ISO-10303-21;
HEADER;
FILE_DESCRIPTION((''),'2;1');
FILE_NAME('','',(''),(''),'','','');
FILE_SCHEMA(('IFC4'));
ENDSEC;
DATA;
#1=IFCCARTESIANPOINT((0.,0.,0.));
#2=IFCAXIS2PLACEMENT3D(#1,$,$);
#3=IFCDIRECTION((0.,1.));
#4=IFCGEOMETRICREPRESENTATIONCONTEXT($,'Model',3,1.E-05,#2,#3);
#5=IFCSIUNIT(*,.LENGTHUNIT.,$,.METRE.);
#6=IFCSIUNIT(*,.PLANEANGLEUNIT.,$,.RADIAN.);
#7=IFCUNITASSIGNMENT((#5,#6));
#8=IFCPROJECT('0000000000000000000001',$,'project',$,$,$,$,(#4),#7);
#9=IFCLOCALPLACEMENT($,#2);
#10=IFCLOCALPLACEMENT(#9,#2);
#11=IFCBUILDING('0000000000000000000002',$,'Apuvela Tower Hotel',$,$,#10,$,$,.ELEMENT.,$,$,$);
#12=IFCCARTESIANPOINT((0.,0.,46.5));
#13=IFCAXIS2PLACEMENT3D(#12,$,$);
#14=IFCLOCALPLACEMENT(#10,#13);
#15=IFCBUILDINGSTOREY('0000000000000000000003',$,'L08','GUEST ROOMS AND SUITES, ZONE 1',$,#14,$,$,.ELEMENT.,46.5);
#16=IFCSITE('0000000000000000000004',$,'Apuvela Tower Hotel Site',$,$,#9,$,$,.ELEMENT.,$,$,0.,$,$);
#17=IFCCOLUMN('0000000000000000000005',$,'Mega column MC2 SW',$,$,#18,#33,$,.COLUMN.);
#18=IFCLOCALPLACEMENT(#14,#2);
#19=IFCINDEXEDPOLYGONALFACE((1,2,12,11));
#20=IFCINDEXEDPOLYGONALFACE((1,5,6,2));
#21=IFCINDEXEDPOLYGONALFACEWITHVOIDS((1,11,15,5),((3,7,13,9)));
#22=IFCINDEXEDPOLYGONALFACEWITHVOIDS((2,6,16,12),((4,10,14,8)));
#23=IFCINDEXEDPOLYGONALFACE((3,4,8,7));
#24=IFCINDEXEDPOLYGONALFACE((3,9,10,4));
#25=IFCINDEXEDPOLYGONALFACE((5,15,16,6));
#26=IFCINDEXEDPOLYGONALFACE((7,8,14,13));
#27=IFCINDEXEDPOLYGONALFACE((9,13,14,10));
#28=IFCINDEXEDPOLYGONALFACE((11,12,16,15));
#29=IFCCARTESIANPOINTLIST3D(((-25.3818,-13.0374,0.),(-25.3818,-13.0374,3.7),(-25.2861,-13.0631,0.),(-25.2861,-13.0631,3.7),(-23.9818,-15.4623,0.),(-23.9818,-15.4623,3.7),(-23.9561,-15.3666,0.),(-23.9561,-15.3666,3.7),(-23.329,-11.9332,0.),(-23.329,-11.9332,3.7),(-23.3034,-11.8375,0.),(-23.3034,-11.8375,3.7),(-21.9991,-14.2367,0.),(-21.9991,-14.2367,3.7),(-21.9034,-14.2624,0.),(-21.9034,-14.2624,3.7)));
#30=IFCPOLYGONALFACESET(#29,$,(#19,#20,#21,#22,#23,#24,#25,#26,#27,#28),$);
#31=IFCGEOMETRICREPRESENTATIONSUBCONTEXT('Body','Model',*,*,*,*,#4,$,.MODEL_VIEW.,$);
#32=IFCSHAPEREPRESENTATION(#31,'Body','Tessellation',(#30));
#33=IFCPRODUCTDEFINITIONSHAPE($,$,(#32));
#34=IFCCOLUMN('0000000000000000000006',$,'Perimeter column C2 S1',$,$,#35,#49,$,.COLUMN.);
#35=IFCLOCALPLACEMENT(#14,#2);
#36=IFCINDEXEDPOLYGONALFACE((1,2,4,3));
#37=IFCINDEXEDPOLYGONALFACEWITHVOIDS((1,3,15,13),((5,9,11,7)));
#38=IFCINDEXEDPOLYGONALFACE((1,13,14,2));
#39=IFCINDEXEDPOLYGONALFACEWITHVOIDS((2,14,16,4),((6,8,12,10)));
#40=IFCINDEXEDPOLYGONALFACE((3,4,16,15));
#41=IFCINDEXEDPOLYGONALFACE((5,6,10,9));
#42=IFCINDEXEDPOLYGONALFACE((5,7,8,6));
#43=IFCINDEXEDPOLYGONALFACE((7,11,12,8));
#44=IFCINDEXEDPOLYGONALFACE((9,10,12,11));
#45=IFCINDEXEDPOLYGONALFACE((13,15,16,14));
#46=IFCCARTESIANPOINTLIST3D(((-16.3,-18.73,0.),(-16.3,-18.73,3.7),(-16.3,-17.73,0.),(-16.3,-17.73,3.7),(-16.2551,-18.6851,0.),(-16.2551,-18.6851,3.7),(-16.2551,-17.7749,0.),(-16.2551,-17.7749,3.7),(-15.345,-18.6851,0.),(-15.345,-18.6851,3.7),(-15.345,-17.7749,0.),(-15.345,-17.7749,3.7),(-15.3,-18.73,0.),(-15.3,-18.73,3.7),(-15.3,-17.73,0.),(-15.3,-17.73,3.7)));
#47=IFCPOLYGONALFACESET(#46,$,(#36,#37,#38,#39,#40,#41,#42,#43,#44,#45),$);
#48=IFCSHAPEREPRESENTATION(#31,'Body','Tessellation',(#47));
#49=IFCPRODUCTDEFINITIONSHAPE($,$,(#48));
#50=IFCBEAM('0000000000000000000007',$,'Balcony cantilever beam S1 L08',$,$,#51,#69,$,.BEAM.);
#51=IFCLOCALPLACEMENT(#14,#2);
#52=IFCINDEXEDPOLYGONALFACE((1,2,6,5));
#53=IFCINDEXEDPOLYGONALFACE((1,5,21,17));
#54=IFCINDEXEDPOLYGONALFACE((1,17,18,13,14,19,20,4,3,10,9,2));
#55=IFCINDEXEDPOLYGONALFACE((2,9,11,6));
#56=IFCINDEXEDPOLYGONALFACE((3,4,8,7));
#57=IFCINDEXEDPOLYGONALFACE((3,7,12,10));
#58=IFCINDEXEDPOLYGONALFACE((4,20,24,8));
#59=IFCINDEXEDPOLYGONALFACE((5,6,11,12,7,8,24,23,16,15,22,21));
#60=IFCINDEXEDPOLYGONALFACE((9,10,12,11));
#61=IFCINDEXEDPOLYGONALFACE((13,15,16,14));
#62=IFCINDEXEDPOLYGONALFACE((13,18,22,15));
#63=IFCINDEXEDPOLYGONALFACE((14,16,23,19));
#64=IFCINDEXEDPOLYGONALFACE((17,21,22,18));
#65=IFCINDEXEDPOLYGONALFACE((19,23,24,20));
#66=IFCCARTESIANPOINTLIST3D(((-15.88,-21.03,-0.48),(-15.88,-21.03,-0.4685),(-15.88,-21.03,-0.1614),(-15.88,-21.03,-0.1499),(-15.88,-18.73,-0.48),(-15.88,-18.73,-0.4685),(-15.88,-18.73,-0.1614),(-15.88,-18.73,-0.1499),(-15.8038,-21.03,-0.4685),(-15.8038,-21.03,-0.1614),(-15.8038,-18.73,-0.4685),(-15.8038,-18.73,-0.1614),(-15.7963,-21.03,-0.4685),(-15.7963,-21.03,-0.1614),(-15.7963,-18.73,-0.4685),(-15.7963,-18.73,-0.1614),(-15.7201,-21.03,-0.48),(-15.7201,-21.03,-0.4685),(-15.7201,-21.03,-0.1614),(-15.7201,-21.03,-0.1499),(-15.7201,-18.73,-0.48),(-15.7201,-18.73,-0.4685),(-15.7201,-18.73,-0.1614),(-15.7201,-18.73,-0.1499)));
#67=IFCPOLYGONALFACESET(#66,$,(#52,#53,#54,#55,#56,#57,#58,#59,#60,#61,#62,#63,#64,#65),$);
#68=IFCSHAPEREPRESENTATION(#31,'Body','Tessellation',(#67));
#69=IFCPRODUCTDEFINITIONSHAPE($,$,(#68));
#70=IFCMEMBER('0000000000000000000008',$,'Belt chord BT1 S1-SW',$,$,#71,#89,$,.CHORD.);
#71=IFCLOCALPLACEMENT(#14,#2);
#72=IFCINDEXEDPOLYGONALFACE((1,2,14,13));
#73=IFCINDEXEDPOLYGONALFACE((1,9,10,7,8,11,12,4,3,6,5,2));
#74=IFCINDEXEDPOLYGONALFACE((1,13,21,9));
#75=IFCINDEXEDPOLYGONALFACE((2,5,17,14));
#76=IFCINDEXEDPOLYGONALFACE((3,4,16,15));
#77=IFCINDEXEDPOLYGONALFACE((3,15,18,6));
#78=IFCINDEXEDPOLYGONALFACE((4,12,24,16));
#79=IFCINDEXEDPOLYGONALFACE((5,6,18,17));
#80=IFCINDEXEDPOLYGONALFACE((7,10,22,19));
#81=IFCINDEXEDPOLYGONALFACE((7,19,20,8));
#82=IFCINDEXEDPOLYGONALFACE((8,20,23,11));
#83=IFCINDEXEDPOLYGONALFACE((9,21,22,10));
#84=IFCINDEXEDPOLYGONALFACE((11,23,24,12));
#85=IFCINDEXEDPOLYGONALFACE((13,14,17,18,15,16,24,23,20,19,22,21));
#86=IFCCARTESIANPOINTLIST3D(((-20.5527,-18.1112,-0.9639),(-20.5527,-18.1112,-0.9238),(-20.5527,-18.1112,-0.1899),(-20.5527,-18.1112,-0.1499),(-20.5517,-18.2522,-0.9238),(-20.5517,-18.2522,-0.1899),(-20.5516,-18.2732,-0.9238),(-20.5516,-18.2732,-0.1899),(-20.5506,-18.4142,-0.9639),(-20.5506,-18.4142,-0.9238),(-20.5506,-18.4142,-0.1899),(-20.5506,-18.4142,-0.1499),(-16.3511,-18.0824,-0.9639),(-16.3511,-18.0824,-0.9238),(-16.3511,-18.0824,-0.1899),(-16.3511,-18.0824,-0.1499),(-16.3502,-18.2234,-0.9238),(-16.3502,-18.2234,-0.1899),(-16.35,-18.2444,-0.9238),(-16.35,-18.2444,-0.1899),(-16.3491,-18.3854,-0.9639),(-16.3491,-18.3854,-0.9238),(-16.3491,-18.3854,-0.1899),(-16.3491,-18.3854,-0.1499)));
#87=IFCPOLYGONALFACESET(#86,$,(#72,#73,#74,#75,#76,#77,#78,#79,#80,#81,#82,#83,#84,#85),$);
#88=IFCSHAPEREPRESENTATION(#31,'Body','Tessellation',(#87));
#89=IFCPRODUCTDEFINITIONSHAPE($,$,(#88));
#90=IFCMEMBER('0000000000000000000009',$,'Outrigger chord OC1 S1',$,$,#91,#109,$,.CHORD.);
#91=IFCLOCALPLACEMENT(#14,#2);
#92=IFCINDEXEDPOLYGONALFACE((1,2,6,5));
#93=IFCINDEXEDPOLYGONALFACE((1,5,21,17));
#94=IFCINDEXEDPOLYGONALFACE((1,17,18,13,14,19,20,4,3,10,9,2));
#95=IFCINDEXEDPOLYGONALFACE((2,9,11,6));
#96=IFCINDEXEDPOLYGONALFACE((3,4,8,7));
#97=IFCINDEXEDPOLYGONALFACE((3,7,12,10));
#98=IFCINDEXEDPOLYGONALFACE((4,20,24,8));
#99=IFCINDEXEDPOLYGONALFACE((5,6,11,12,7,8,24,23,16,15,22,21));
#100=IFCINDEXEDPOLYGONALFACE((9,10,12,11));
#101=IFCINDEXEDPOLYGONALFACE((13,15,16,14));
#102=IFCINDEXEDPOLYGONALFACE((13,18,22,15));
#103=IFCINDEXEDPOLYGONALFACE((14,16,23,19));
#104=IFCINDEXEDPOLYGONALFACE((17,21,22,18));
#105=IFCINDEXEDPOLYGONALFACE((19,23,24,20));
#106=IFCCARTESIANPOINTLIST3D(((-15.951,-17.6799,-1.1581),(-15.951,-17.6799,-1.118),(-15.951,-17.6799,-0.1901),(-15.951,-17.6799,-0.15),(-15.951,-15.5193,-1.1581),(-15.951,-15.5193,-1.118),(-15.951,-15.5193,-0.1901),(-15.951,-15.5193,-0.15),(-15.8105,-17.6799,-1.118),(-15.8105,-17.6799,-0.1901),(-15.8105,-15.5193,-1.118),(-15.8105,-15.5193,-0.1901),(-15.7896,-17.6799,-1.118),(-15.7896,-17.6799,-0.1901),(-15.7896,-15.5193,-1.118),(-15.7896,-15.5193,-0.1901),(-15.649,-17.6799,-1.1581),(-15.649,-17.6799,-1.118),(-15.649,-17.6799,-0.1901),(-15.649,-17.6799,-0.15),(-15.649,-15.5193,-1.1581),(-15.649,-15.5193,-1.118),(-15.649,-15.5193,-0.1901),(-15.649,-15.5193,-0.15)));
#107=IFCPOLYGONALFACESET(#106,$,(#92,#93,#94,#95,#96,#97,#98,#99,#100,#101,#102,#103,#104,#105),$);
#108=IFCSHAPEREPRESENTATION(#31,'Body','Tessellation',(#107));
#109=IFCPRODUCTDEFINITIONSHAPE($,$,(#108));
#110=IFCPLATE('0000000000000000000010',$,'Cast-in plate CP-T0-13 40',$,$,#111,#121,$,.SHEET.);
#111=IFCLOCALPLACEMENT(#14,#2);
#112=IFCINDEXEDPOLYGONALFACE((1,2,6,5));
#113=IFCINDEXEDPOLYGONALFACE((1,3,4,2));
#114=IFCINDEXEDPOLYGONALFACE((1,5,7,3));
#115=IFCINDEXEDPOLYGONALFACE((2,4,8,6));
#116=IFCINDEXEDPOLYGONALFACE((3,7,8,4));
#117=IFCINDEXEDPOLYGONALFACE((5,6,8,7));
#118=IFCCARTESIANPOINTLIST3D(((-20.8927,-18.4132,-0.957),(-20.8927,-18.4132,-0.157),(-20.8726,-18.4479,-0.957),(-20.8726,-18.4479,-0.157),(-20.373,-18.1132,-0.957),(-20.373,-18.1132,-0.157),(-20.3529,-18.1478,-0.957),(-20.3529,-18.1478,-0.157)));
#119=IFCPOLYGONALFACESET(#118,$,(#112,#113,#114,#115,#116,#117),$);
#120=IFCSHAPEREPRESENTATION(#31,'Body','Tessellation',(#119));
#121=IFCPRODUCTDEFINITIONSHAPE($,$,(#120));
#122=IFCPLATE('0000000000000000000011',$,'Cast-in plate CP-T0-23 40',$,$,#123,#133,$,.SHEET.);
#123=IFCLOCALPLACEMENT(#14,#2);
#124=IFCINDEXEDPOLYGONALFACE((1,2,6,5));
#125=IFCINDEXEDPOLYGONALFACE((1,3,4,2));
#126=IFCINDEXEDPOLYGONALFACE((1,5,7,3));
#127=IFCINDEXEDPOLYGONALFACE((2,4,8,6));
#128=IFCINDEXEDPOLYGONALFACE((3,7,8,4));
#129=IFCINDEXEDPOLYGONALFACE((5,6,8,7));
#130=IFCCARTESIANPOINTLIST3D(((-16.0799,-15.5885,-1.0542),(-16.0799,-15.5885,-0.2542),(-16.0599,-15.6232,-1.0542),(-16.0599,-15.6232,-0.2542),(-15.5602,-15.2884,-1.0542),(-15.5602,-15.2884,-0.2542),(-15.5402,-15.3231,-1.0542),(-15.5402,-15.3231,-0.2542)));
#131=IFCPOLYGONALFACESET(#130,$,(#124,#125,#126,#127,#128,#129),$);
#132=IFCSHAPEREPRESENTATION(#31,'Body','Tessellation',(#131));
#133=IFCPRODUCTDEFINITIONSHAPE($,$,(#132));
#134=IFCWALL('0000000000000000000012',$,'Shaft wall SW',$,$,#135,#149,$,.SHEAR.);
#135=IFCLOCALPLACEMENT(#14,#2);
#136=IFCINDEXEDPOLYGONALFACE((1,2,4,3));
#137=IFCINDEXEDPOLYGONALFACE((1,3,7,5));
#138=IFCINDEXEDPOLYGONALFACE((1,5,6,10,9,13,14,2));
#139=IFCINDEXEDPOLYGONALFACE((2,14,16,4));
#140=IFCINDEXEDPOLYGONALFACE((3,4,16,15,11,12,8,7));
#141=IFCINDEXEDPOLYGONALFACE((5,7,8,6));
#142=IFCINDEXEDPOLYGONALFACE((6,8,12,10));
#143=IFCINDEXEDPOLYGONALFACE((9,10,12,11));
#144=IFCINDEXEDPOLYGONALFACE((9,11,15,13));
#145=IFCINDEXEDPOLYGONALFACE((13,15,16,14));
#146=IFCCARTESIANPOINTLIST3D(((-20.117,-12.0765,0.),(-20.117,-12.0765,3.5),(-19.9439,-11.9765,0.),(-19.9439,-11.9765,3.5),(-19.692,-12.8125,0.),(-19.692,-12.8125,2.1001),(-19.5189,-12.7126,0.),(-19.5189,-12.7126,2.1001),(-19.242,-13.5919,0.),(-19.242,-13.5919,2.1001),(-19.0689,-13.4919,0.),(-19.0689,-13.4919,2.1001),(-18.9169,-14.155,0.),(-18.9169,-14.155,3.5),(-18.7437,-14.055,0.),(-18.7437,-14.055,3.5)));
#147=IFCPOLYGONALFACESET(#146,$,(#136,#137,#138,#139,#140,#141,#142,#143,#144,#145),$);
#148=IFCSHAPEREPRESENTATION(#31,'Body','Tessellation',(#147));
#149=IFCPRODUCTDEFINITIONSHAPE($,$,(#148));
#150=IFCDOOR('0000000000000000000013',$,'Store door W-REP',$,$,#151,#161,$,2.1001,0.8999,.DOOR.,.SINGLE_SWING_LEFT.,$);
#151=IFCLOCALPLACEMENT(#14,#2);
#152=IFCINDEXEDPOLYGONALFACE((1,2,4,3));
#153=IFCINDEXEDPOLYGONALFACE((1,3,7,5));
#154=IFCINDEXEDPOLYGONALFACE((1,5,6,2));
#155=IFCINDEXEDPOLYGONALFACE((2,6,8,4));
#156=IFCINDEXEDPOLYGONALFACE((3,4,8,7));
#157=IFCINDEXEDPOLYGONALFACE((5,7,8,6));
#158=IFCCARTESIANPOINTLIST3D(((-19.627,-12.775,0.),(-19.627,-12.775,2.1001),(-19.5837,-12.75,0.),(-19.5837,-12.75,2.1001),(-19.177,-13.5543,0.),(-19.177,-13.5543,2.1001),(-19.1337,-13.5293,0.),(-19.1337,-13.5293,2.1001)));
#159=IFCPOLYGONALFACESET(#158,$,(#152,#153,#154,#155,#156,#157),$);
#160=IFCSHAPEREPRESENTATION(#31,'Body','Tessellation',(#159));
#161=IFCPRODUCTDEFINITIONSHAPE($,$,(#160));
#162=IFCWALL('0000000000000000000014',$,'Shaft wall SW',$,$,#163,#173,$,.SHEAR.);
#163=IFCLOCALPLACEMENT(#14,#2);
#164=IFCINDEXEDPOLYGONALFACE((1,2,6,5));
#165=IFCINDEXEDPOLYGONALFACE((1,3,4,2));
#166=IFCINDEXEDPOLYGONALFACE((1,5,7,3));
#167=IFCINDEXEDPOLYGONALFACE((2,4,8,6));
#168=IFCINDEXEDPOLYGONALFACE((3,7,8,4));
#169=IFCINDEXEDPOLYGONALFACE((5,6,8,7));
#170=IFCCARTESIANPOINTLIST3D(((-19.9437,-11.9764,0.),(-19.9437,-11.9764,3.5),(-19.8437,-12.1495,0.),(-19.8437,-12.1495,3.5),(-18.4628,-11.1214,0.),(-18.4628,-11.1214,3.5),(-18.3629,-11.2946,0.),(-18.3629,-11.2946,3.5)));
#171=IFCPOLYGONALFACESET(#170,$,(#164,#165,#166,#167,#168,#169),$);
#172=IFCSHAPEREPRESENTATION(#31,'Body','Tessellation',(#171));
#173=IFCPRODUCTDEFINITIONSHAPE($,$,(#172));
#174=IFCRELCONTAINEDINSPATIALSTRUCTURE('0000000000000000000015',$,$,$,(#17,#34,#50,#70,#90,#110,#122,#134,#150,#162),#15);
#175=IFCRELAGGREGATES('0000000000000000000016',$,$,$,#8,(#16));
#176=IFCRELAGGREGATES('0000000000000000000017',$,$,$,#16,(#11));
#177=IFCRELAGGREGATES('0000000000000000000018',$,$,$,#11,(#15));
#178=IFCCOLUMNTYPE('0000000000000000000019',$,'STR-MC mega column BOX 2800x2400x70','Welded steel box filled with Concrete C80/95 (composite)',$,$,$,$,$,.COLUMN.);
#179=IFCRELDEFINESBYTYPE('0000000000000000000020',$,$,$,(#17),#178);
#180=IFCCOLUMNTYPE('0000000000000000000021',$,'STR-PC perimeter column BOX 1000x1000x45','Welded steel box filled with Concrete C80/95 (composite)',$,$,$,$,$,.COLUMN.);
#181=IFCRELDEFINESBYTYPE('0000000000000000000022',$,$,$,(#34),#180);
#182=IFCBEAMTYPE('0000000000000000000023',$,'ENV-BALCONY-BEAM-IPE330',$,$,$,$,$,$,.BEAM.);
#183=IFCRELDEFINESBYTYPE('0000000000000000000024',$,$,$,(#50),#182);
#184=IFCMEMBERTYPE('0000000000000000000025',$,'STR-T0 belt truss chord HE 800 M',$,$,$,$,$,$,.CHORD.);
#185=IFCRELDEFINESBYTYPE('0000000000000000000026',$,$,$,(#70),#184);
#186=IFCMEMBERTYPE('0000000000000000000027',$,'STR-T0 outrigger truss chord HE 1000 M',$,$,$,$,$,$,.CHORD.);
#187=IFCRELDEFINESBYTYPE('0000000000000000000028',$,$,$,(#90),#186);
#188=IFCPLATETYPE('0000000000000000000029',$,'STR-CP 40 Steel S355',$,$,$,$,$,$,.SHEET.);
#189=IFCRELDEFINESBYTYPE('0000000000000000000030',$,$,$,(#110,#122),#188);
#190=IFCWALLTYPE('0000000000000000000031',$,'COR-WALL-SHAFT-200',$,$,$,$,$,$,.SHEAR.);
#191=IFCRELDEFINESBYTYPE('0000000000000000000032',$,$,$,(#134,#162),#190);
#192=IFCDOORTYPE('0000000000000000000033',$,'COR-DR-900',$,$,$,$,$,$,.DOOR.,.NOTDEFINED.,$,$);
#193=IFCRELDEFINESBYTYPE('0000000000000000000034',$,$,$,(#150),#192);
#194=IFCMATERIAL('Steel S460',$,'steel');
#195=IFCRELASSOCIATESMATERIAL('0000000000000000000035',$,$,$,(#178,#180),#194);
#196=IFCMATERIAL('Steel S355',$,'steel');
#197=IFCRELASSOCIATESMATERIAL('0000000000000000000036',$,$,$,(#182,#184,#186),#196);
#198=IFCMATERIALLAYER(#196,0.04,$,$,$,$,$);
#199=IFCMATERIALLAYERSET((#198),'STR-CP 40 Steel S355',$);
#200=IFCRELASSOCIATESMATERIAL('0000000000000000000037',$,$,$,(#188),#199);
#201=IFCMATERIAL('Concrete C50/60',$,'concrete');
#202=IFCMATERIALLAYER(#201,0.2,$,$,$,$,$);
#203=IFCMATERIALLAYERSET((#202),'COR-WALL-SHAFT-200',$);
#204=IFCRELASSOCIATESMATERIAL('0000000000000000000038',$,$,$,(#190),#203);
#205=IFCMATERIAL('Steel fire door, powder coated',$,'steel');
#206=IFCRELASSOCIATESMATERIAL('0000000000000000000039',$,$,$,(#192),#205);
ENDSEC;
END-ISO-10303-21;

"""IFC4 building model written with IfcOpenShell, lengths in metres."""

from ifc_helpers import new_model, si_unit, direction, frame, frame_2d, origin, origin_2d, place, context, subcontext, project, spatial, rectangle, hollow_rectangle, i_section, extrude, material, layer, layer_set, material_profile, profile_set, type_object, element, fill, save


model = new_model("IFC4")

# Units and contexts
model_context = context("Model", 3, precision=1e-05, world=origin(), true_north=direction((0.0, 1.0)))
body_context = subcontext(model_context, "Body", "Model", "MODEL_VIEW")
ifc_project = project(units=[si_unit("LENGTHUNIT", "METRE"), si_unit("PLANEANGLEUNIT", "RADIAN")], contexts=[model_context])

# Site, building, storey
site_placement = place(None, origin())
site = spatial("IfcSite", under=ifc_project, at=site_placement, Name="Apuvela Tower Hotel Site", CompositionType="ELEMENT", RefElevation=0.0)
building_placement = place(site_placement, origin())
building = spatial("IfcBuilding", under=site, at=building_placement, Name="Apuvela Tower Hotel", CompositionType="ELEMENT")
storey_placement = place(building_placement, frame((0.0, 0.0, 46.5)))
storey = spatial("IfcBuildingStorey", under=building, at=storey_placement, Name="L08", Description="GUEST ROOMS AND SUITES, ZONE 1", CompositionType="ELEMENT", Elevation=46.5)

# Columns
ifc_material_1 = material(Name="Steel S460", Category="steel")
ifc_material_profile_1 = material_profile(ifc_material_1, hollow_rectangle(XDim=2.8, YDim=2.3999, WallThickness=0.0701, at=origin_2d()), Name="BOX 2800x2400x70")
ifc_material_2 = material(Name="Concrete C80/95", Category="concrete")
ifc_material_profile_2 = material_profile(ifc_material_2, rectangle(XDim=2.6599, YDim=2.26, at=origin_2d()), Name="Concrete C80/95 infill")
ifc_profile_set_1 = profile_set([ifc_material_profile_1, ifc_material_profile_2], Name="Steel S460")
column_type_1 = type_object("IfcColumnType", Name="STR-MC mega column BOX 2800x2400x70", Description="Welded steel box filled with Concrete C80/95 (composite)", PredefinedType="COLUMN", material=ifc_profile_set_1)
column_1_placement = place(storey_placement, frame((-23.6426, -13.6499, 0.0), z_axis=(0.0, 0.0, 1.0), x_axis=(-0.5, 0.866025, 0.0)))
element("IfcColumn", 1, at=column_1_placement, inside=storey, type_object=column_type_1, Name="Mega column MC2 SW", PredefinedType="COLUMN", context=body_context, shape_type="SweptSolid", body=[
    extrude(hollow_rectangle(XDim=2.8, YDim=2.3999, WallThickness=0.0701, at=origin_2d()), origin(), (0.0, 0.0, 1.0), 3.7),
])
ifc_material_profile_3 = material_profile(ifc_material_1, hollow_rectangle(XDim=1.0, YDim=1.0, WallThickness=0.0449, at=origin_2d()), Name="BOX 1000x1000x45")
ifc_material_profile_4 = material_profile(ifc_material_2, rectangle(XDim=0.9099, YDim=0.9099, at=origin_2d()), Name="Concrete C80/95 infill")
ifc_profile_set_2 = profile_set([ifc_material_profile_3, ifc_material_profile_4], Name="Steel S460")
column_type_2 = type_object("IfcColumnType", Name="STR-PC perimeter column BOX 1000x1000x45", Description="Welded steel box filled with Concrete C80/95 (composite)", PredefinedType="COLUMN", material=ifc_profile_set_2)
column_2_placement = place(storey_placement, frame((-15.8, -18.23, 0.0), z_axis=(0.0, 0.0, 1.0), x_axis=(-1.0, 0.0, 0.0)))
element("IfcColumn", 2, at=column_2_placement, inside=storey, type_object=column_type_2, Name="Perimeter column C2 S1", PredefinedType="COLUMN", context=body_context, shape_type="SweptSolid", body=[
    extrude(hollow_rectangle(XDim=1.0, YDim=1.0, WallThickness=0.0449, at=origin_2d()), origin(), (0.0, 0.0, 1.0), 3.7),
])

# Beam
ifc_material_3 = material(Name="Steel S355", Category="steel")
ifc_material_profile_5 = material_profile(ifc_material_3, i_section(OverallWidth=0.1599, OverallDepth=0.3301, WebThickness=0.0076, FlangeThickness=0.0115, at=origin_2d()), Name="IPE 330")
ifc_profile_set_3 = profile_set([ifc_material_profile_5], Name="Steel S355")
beam_type = type_object("IfcBeamType", Name="ENV-BALCONY-BEAM-IPE330", PredefinedType="BEAM", material=ifc_profile_set_3)
beam_placement = place(storey_placement, frame((-15.8, -18.73, -0.3149), z_axis=(0.0, -1.0, 0.0), x_axis=(1.0, 0.0, 0.0)))
element("IfcBeam", 3, at=beam_placement, inside=storey, type_object=beam_type, Name="Balcony cantilever beam S1 L08", PredefinedType="BEAM", context=body_context, shape_type="SweptSolid", body=[
    extrude(i_section(OverallWidth=0.1599, OverallDepth=0.3301, WebThickness=0.0076, FlangeThickness=0.0115, at=origin_2d()), origin(), (0.0, 0.0, 1.0), 2.3),
])

# Members
ifc_material_profile_6 = material_profile(ifc_material_3, i_section(OverallWidth=0.303, OverallDepth=0.814, WebThickness=0.021, FlangeThickness=0.04, at=origin_2d()), Name="HE 800 M")
ifc_profile_set_4 = profile_set([ifc_material_profile_6], Name="Steel S355")
member_type_1 = type_object("IfcMemberType", Name="STR-T0 belt truss chord HE 800 M", PredefinedType="CHORD", material=ifc_profile_set_4)
member_1_placement = place(storey_placement, frame((-16.3501, -18.2339, -0.5569), z_axis=(-0.999976, -0.006856, 0.0), x_axis=(0.006856, -0.999976, 0.0)))
element("IfcMember", 4, at=member_1_placement, inside=storey, type_object=member_type_1, Name="Belt chord BT1 S1-SW", PredefinedType="CHORD", context=body_context, shape_type="SweptSolid", body=[
    extrude(i_section(OverallWidth=0.303, OverallDepth=0.814, WebThickness=0.021, FlangeThickness=0.04, at=origin_2d()), origin(), (0.0, 0.0, 1.0), 4.2017),
])
ifc_material_profile_7 = material_profile(ifc_material_3, i_section(OverallWidth=0.302, OverallDepth=1.0081, WebThickness=0.021, FlangeThickness=0.04, at=origin_2d()), Name="HE 1000 M")
ifc_profile_set_5 = profile_set([ifc_material_profile_7], Name="Steel S355")
member_type_2 = type_object("IfcMemberType", Name="STR-T0 outrigger truss chord HE 1000 M", PredefinedType="CHORD", material=ifc_profile_set_5)
member_2_placement = place(storey_placement, frame((-15.8, -17.6799, -0.6541), z_axis=(0.0, 1.0, 0.0), x_axis=(-1.0, 0.0, 0.0)))
element("IfcMember", 5, at=member_2_placement, inside=storey, type_object=member_type_2, Name="Outrigger chord OC1 S1", PredefinedType="CHORD", context=body_context, shape_type="SweptSolid", body=[
    extrude(i_section(OverallWidth=0.302, OverallDepth=1.0081, WebThickness=0.021, FlangeThickness=0.04, at=origin_2d()), origin(), (0.0, 0.0, 1.0), 2.1606),
])

# Plates
ifc_layer_1 = layer(ifc_material_3, 0.04)
ifc_layer_set_1 = layer_set([ifc_layer_1], Name="STR-CP 40 Steel S355")
plate_type = type_object("IfcPlateType", Name="STR-CP 40 Steel S355", PredefinedType="SHEET", material=ifc_layer_set_1)
for number, where, z_axis, x_axis, name in (
    (6, (-20.6228, -18.2805, -0.957), (0.0, 0.0, 1.0), (0.5, -0.866025, 0.0), "Cast-in plate CP-T0-13 40"),
    (7, (-15.8101, -15.4558, -1.0542), (0.0, 0.0, 1.0), (-0.5, 0.866025, 0.0), "Cast-in plate CP-T0-23 40"),
):
    element("IfcPlate", number, at=place(storey_placement, frame(where, z_axis=z_axis, x_axis=x_axis)), inside=storey, type_object=plate_type, Name=name, PredefinedType="SHEET", context=body_context, shape_type="SweptSolid", body=[
        extrude(rectangle(XDim=0.04, YDim=0.6001, at=origin_2d()), origin(), (0.0, 0.0, 1.0), 0.8),
    ])

# Wall, opening, door
ifc_material_4 = material(Name="Concrete C50/60", Category="concrete")
ifc_layer_2 = layer(ifc_material_4, 0.2)
ifc_layer_set_2 = layer_set([ifc_layer_2], Name="COR-WALL-SHAFT-200")
wall_type_1 = type_object("IfcWallType", Name="COR-WALL-SHAFT-200", PredefinedType="SHEAR", material=ifc_layer_set_2)
wall_1_placement = place(storey_placement, frame((-20.0305, -12.0264, 0.0), z_axis=(0.0, 0.0, 1.0), x_axis=(0.500034, -0.866006, 0.0)))
wall_1 = element("IfcWall", 8, at=wall_1_placement, inside=storey, type_object=wall_type_1, Name="Shaft wall SW", PredefinedType="SHEAR", context=body_context, shape_type="SweptSolid", body=[
    extrude(rectangle(XDim=2.4001, YDim=0.2, at=frame_2d((1.2002, 0.0))), origin(), (0.0, 0.0, 1.0), 3.5),
])
opening_1_placement = place(wall_1_placement, frame((0.8501, 0.0, 0.0)))
opening_1 = element("IfcOpeningElement", 9, at=opening_1_placement, cuts=wall_1, PredefinedType="OPENING", context=body_context, shape_type="SweptSolid", body=[
    extrude(rectangle(XDim=0.8999, YDim=2.1001, at=frame_2d((0.45, 1.05))), frame((0.0, 0.1099, 0.0), z_axis=(0.0, -1.0, 0.0), x_axis=(1.0, 0.0, 0.0)), (0.0, 0.0, 1.0), 0.22),
])
ifc_material_5 = material(Name="Steel fire door, powder coated", Category="steel")
door_type_1 = type_object("IfcDoorType", Name="COR-DR-900", OperationType="NOTDEFINED", PredefinedType="DOOR", material=ifc_material_5)
door_1_placement = place(opening_1_placement, frame((0.8999, 0.0, 0.0), z_axis=(0.0, 0.0, 1.0), x_axis=(-1.0, 0.0, 0.0)))
door_1 = element("IfcDoor", 10, at=door_1_placement, inside=storey, type_object=door_type_1, Name="Store door W-REP", OperationType="SINGLE_SWING_LEFT", OverallHeight=2.1001, OverallWidth=0.8999, PredefinedType="DOOR", context=body_context, shape_type="SweptSolid", body=[
    extrude(rectangle(XDim=0.8999, YDim=2.1001, at=frame_2d((0.45, 1.05))), frame((0.0, 0.0249, 0.0), z_axis=(0.0, -1.0, 0.0), x_axis=(1.0, 0.0, 0.0)), (0.0, 0.0, 1.0), 0.05),
])
fill(opening_1, door_1)

# Wall
wall_2_placement = place(storey_placement, frame((-18.4128, -11.208, 0.0), z_axis=(0.0, 0.0, 1.0), x_axis=(-0.866038, -0.499978, 0.0)))
element("IfcWall", 11, at=wall_2_placement, inside=storey, type_object=wall_type_1, Name="Shaft wall SW", PredefinedType="SHEAR", context=body_context, shape_type="SweptSolid", body=[
    extrude(rectangle(XDim=1.71, YDim=0.2, at=frame_2d((0.855, 0.0))), origin(), (0.0, 0.0, 1.0), 3.5),
])

save(model, "model.ifc")
